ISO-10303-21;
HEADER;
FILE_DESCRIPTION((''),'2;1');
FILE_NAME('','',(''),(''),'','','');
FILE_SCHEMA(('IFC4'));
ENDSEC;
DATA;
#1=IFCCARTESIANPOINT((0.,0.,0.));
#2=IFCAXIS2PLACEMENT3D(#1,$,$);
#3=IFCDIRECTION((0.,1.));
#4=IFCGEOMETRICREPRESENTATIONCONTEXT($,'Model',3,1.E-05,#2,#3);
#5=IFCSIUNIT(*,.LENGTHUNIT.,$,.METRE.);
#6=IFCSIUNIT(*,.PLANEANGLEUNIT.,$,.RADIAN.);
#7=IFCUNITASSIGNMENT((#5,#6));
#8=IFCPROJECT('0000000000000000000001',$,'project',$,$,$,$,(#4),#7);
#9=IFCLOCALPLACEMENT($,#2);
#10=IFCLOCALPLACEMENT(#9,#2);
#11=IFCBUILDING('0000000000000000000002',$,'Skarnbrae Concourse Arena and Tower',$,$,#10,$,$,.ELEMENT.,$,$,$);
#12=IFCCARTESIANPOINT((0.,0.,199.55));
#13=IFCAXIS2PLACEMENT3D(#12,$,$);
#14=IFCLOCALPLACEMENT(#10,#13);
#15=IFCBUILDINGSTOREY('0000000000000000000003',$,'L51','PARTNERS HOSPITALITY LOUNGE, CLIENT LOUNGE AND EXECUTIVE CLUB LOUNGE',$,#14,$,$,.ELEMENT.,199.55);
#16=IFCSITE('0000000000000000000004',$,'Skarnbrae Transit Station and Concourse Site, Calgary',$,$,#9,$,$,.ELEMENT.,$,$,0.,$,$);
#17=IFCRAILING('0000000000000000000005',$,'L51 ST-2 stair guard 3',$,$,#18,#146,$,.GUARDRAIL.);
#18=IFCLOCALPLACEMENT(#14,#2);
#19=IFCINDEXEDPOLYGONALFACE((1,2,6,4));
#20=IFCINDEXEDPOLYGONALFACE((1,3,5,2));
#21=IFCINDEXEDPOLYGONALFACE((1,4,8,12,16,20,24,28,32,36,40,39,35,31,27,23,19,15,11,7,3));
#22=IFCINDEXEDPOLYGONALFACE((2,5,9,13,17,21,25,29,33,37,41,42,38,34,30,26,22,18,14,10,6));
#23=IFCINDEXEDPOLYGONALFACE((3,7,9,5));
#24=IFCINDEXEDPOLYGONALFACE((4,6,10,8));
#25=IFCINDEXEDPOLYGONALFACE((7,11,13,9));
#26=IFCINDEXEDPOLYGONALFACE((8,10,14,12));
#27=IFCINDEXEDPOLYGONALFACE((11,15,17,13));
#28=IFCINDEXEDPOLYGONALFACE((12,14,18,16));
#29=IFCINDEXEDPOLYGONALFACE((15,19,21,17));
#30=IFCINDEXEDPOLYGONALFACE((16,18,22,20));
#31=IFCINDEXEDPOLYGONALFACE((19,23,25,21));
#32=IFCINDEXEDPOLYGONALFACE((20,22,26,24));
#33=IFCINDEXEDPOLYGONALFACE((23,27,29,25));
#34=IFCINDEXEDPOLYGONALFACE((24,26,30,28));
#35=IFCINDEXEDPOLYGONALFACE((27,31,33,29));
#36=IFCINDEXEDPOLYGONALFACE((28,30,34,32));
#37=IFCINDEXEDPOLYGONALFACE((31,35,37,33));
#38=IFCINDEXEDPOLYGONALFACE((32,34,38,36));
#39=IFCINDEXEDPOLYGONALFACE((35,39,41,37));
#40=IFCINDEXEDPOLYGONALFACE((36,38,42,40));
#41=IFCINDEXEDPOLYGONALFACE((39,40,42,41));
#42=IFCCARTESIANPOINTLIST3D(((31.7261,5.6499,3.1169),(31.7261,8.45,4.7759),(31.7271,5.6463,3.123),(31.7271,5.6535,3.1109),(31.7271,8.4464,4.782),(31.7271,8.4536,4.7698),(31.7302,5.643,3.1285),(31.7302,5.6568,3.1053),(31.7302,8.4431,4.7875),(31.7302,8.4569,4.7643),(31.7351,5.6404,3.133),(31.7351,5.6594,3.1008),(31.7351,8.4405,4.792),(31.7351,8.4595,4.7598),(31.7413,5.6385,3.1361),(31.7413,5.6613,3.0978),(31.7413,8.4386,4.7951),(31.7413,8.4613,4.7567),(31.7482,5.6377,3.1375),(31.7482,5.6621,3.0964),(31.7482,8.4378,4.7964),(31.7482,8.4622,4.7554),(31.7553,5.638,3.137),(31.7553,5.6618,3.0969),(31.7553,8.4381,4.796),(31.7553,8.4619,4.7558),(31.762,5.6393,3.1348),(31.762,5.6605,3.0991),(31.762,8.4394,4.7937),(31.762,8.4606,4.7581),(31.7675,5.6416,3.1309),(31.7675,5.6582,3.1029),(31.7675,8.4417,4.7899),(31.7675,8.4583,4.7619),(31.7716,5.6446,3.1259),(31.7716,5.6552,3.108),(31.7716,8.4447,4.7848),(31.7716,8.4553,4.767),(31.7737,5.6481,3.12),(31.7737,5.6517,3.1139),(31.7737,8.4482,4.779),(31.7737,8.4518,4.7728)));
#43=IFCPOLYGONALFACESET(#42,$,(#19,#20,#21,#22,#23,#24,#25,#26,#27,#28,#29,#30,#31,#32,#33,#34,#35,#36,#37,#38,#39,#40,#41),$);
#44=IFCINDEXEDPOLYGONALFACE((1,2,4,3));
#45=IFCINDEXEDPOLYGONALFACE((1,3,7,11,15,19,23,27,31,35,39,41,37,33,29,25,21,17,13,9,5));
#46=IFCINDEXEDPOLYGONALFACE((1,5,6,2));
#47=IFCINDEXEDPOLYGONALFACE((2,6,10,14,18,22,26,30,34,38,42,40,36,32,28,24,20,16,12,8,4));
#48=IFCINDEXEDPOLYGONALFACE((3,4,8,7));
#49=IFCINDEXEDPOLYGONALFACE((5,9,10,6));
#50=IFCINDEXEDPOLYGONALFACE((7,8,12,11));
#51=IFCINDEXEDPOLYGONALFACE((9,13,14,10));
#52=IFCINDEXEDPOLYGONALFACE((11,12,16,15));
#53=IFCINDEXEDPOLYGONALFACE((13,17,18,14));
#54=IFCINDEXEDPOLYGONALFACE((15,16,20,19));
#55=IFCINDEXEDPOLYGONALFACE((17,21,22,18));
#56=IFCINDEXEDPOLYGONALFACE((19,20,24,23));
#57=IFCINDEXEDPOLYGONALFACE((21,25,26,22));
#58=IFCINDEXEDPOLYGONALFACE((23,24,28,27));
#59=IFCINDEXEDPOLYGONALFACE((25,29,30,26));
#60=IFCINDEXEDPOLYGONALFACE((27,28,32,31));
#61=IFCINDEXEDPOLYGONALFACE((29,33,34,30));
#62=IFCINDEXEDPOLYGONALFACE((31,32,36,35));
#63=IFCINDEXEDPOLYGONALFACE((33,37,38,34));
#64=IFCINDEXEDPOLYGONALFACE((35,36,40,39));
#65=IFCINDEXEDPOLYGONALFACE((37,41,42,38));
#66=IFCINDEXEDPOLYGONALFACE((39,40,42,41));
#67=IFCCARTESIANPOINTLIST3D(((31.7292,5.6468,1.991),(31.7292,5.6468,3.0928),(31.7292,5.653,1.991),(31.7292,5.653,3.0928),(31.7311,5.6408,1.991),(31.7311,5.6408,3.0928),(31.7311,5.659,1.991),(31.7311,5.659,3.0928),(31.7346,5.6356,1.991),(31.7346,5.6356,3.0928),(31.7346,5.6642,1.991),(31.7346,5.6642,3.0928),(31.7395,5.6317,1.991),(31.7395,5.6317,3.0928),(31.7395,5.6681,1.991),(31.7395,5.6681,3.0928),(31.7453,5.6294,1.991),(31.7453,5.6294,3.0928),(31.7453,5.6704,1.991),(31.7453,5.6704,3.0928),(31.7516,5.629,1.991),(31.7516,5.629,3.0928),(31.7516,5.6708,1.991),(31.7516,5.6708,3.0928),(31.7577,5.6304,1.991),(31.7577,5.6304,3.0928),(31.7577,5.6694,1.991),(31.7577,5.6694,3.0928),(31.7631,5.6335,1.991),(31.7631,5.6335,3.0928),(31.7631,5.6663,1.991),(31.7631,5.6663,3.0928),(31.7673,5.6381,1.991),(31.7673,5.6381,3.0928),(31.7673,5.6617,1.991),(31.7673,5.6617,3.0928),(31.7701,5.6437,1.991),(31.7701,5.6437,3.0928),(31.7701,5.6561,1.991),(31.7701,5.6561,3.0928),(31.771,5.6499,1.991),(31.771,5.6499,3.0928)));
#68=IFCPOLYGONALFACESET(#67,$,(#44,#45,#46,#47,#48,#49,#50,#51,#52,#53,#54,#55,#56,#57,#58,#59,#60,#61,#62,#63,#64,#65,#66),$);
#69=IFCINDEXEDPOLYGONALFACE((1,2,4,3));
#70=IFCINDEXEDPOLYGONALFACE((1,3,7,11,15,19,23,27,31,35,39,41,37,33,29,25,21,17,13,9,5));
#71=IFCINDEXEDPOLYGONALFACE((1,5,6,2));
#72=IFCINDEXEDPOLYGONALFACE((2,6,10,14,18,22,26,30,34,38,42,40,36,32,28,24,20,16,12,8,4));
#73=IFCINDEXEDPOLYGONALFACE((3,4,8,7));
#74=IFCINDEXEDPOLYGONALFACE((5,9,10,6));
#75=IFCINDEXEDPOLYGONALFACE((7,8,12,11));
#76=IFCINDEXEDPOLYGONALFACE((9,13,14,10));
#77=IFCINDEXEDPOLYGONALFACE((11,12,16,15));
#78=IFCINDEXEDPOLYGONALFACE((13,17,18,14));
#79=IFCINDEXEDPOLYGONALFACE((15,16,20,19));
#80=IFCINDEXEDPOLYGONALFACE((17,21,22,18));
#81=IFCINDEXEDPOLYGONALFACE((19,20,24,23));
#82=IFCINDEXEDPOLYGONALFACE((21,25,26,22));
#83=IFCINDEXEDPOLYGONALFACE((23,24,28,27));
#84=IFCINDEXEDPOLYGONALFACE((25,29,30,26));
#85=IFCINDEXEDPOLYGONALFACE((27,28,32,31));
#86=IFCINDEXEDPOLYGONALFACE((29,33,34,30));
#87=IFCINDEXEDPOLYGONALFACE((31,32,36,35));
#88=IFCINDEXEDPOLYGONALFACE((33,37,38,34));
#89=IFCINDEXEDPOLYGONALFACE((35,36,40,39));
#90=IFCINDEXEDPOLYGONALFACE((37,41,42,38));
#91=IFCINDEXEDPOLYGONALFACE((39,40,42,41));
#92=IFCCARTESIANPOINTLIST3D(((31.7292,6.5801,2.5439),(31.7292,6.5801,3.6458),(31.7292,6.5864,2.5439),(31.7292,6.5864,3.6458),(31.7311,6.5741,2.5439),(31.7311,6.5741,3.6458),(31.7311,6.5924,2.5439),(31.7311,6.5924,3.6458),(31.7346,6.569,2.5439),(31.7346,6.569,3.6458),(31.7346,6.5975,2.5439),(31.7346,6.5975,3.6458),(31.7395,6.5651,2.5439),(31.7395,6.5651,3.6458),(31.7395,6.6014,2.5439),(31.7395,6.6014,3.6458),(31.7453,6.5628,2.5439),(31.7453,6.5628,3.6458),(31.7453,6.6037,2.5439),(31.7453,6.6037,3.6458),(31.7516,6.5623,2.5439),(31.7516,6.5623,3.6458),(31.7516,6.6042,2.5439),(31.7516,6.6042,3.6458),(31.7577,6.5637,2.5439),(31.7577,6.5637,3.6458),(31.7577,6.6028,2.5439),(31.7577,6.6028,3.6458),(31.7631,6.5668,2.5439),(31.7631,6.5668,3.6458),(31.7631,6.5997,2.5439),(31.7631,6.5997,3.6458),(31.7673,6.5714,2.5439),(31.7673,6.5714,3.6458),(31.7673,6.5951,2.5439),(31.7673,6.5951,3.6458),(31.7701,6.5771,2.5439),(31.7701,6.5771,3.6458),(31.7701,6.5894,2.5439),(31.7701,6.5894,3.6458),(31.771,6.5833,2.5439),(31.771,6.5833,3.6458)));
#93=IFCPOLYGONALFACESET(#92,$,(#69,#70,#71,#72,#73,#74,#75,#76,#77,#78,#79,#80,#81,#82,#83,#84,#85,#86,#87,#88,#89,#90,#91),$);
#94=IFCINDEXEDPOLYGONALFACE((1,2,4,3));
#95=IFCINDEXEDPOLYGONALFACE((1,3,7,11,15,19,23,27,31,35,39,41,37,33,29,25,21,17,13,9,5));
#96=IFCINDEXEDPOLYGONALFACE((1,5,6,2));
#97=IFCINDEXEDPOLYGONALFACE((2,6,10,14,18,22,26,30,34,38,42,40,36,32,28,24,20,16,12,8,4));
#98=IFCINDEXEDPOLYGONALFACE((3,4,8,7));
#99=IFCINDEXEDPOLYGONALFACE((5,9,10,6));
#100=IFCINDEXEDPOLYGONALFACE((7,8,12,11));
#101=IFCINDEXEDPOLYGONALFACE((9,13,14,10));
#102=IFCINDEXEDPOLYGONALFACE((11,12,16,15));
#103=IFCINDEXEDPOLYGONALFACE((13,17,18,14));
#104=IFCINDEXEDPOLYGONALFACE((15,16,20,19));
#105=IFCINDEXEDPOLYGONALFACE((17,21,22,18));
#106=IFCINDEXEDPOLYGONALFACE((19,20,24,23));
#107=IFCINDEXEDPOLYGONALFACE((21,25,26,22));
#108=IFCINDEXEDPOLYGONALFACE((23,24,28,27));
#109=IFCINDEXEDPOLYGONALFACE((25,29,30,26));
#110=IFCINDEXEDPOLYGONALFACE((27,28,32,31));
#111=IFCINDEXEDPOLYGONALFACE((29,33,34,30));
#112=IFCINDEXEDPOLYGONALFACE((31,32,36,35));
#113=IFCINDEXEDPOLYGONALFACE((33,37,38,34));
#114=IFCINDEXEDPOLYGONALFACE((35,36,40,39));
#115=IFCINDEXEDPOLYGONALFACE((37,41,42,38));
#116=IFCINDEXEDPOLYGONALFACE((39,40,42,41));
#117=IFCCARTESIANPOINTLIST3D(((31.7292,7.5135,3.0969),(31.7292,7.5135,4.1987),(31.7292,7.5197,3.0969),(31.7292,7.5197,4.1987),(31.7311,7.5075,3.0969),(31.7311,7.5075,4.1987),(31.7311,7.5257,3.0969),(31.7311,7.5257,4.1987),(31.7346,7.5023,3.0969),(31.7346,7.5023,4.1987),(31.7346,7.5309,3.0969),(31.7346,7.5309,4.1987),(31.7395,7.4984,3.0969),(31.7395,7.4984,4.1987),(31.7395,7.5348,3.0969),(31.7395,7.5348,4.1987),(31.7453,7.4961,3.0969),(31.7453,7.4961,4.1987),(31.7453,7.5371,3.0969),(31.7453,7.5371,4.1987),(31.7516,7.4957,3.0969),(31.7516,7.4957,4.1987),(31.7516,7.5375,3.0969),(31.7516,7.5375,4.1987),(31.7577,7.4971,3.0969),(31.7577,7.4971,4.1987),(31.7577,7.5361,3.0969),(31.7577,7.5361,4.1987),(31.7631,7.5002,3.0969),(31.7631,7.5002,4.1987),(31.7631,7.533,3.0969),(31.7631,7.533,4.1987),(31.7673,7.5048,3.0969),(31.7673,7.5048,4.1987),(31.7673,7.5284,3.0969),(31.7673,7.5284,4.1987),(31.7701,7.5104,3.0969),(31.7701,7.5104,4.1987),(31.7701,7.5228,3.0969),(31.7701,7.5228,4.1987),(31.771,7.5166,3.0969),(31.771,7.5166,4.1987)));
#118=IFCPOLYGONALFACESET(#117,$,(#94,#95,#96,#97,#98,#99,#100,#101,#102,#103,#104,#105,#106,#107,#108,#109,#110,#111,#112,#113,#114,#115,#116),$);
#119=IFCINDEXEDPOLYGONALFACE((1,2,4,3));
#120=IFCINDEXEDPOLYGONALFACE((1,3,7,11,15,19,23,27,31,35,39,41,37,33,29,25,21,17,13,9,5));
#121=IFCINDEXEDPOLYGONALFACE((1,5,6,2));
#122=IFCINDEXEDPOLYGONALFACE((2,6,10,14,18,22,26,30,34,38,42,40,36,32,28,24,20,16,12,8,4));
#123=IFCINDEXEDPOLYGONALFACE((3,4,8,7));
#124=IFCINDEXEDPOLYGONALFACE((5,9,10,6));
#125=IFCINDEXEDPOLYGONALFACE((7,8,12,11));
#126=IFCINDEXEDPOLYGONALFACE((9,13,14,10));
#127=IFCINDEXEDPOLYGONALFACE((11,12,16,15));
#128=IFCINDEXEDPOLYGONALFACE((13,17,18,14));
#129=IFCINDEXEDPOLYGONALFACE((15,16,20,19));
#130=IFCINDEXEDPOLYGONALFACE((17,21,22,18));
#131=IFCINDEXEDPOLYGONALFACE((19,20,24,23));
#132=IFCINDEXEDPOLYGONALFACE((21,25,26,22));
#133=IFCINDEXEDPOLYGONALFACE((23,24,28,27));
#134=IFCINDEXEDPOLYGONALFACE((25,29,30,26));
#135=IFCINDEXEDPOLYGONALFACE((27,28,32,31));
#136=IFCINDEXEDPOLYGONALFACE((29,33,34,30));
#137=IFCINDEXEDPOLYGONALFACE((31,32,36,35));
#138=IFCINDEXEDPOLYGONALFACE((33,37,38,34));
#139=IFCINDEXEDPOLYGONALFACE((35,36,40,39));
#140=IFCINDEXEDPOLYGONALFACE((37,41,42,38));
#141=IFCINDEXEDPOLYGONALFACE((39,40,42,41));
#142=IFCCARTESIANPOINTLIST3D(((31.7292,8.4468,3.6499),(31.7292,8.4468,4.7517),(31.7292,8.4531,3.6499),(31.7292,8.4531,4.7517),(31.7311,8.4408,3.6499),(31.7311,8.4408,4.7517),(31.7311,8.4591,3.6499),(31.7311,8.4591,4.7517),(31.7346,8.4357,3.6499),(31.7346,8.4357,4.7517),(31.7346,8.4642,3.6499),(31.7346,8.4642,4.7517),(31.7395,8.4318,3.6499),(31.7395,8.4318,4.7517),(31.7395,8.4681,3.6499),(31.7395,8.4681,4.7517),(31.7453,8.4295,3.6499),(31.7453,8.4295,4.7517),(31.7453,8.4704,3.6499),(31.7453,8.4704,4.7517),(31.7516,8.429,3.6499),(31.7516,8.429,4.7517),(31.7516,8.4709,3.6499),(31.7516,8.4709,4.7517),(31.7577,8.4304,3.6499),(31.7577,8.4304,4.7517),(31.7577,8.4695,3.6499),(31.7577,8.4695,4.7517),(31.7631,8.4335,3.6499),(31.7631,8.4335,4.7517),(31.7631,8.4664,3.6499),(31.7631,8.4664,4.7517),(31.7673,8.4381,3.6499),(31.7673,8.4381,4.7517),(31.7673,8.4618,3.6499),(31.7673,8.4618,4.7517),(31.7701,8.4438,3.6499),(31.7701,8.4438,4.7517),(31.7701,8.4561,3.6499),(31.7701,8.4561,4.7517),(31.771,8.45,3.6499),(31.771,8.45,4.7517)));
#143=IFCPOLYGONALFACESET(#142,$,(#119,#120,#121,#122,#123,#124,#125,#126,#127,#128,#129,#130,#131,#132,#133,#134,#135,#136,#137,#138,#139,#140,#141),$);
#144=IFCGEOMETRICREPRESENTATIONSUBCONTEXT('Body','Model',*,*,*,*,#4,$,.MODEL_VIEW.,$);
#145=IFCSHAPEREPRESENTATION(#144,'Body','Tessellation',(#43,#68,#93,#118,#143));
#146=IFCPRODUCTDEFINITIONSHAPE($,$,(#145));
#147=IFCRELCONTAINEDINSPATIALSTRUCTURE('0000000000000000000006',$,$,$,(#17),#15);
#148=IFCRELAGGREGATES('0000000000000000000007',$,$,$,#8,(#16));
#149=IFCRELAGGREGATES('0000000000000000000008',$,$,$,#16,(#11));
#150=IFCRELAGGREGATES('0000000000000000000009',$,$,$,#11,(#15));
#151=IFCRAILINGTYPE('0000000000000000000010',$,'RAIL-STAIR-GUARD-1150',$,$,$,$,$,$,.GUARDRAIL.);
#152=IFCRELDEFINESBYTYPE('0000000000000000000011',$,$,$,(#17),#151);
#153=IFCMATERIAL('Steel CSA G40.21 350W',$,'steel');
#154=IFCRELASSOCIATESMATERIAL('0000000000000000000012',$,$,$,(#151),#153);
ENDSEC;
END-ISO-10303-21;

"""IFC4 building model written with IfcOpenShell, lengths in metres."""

from ifc_helpers import new_model, si_unit, direction, frame, origin, origin_2d, place, context, subcontext, project, spatial, circle, extrude, material, type_object, element, save


model = new_model("IFC4")

# Units and contexts
model_context = context("Model", 3, precision=1e-05, world=origin(), true_north=direction((0.0, 1.0)))
body_context = subcontext(model_context, "Body", "Model", "MODEL_VIEW")
ifc_project = project(units=[si_unit("LENGTHUNIT", "METRE"), si_unit("PLANEANGLEUNIT", "RADIAN")], contexts=[model_context])

# Site, building, storey
site_placement = place(None, origin())
site = spatial("IfcSite", under=ifc_project, at=site_placement, Name="Skarnbrae Transit Station and Concourse Site, Calgary", CompositionType="ELEMENT", RefElevation=0.0)
building_placement = place(site_placement, origin())
building = spatial("IfcBuilding", under=site, at=building_placement, Name="Skarnbrae Concourse Arena and Tower", CompositionType="ELEMENT")
storey_placement = place(building_placement, frame((0.0, 0.0, 199.55)))
storey = spatial("IfcBuildingStorey", under=building, at=storey_placement, Name="L51", Description="PARTNERS HOSPITALITY LOUNGE, CLIENT LOUNGE AND EXECUTIVE CLUB LOUNGE", CompositionType="ELEMENT", Elevation=199.55)

# Shared definitions
ifc_material_1 = material(Name="Steel CSA G40.21 350W", Category="steel")

# Railing
railing_type_1 = type_object("IfcRailingType", Name="RAIL-STAIR-GUARD-1150", PredefinedType="GUARDRAIL", material=ifc_material_1)
railing_1_placement = place(storey_placement, frame((31.75, 5.6499, 1.991)))
element("IfcRailing", 1, at=railing_1_placement, inside=storey, type_object=railing_type_1, Name="L51 ST-2 stair guard 3", PredefinedType="GUARDRAIL", context=body_context, shape_type="SweptSolid", body=[
    extrude(circle(Radius=0.0239, at=origin_2d()), frame((0.0, 0.0, 1.126), z_axis=(0.0, 0.860339, 0.509722), x_axis=(-1.0, 0.0, 0.0)), (0.0, 0.0, 1.0), 3.2546),
    extrude(circle(Radius=0.021, at=origin_2d()), origin(), (0.0, 0.0, 1.0), 1.1018),
    extrude(circle(Radius=0.021, at=origin_2d()), frame((0.0, 0.9333, 0.553)), (0.0, 0.0, 1.0), 1.1018),
    extrude(circle(Radius=0.021, at=origin_2d()), frame((0.0, 1.8667, 1.106)), (0.0, 0.0, 1.0), 1.1018),
    extrude(circle(Radius=0.021, at=origin_2d()), frame((0.0, 2.8, 1.6589)), (0.0, 0.0, 1.0), 1.1018),
])

save(model, "model.ifc")
